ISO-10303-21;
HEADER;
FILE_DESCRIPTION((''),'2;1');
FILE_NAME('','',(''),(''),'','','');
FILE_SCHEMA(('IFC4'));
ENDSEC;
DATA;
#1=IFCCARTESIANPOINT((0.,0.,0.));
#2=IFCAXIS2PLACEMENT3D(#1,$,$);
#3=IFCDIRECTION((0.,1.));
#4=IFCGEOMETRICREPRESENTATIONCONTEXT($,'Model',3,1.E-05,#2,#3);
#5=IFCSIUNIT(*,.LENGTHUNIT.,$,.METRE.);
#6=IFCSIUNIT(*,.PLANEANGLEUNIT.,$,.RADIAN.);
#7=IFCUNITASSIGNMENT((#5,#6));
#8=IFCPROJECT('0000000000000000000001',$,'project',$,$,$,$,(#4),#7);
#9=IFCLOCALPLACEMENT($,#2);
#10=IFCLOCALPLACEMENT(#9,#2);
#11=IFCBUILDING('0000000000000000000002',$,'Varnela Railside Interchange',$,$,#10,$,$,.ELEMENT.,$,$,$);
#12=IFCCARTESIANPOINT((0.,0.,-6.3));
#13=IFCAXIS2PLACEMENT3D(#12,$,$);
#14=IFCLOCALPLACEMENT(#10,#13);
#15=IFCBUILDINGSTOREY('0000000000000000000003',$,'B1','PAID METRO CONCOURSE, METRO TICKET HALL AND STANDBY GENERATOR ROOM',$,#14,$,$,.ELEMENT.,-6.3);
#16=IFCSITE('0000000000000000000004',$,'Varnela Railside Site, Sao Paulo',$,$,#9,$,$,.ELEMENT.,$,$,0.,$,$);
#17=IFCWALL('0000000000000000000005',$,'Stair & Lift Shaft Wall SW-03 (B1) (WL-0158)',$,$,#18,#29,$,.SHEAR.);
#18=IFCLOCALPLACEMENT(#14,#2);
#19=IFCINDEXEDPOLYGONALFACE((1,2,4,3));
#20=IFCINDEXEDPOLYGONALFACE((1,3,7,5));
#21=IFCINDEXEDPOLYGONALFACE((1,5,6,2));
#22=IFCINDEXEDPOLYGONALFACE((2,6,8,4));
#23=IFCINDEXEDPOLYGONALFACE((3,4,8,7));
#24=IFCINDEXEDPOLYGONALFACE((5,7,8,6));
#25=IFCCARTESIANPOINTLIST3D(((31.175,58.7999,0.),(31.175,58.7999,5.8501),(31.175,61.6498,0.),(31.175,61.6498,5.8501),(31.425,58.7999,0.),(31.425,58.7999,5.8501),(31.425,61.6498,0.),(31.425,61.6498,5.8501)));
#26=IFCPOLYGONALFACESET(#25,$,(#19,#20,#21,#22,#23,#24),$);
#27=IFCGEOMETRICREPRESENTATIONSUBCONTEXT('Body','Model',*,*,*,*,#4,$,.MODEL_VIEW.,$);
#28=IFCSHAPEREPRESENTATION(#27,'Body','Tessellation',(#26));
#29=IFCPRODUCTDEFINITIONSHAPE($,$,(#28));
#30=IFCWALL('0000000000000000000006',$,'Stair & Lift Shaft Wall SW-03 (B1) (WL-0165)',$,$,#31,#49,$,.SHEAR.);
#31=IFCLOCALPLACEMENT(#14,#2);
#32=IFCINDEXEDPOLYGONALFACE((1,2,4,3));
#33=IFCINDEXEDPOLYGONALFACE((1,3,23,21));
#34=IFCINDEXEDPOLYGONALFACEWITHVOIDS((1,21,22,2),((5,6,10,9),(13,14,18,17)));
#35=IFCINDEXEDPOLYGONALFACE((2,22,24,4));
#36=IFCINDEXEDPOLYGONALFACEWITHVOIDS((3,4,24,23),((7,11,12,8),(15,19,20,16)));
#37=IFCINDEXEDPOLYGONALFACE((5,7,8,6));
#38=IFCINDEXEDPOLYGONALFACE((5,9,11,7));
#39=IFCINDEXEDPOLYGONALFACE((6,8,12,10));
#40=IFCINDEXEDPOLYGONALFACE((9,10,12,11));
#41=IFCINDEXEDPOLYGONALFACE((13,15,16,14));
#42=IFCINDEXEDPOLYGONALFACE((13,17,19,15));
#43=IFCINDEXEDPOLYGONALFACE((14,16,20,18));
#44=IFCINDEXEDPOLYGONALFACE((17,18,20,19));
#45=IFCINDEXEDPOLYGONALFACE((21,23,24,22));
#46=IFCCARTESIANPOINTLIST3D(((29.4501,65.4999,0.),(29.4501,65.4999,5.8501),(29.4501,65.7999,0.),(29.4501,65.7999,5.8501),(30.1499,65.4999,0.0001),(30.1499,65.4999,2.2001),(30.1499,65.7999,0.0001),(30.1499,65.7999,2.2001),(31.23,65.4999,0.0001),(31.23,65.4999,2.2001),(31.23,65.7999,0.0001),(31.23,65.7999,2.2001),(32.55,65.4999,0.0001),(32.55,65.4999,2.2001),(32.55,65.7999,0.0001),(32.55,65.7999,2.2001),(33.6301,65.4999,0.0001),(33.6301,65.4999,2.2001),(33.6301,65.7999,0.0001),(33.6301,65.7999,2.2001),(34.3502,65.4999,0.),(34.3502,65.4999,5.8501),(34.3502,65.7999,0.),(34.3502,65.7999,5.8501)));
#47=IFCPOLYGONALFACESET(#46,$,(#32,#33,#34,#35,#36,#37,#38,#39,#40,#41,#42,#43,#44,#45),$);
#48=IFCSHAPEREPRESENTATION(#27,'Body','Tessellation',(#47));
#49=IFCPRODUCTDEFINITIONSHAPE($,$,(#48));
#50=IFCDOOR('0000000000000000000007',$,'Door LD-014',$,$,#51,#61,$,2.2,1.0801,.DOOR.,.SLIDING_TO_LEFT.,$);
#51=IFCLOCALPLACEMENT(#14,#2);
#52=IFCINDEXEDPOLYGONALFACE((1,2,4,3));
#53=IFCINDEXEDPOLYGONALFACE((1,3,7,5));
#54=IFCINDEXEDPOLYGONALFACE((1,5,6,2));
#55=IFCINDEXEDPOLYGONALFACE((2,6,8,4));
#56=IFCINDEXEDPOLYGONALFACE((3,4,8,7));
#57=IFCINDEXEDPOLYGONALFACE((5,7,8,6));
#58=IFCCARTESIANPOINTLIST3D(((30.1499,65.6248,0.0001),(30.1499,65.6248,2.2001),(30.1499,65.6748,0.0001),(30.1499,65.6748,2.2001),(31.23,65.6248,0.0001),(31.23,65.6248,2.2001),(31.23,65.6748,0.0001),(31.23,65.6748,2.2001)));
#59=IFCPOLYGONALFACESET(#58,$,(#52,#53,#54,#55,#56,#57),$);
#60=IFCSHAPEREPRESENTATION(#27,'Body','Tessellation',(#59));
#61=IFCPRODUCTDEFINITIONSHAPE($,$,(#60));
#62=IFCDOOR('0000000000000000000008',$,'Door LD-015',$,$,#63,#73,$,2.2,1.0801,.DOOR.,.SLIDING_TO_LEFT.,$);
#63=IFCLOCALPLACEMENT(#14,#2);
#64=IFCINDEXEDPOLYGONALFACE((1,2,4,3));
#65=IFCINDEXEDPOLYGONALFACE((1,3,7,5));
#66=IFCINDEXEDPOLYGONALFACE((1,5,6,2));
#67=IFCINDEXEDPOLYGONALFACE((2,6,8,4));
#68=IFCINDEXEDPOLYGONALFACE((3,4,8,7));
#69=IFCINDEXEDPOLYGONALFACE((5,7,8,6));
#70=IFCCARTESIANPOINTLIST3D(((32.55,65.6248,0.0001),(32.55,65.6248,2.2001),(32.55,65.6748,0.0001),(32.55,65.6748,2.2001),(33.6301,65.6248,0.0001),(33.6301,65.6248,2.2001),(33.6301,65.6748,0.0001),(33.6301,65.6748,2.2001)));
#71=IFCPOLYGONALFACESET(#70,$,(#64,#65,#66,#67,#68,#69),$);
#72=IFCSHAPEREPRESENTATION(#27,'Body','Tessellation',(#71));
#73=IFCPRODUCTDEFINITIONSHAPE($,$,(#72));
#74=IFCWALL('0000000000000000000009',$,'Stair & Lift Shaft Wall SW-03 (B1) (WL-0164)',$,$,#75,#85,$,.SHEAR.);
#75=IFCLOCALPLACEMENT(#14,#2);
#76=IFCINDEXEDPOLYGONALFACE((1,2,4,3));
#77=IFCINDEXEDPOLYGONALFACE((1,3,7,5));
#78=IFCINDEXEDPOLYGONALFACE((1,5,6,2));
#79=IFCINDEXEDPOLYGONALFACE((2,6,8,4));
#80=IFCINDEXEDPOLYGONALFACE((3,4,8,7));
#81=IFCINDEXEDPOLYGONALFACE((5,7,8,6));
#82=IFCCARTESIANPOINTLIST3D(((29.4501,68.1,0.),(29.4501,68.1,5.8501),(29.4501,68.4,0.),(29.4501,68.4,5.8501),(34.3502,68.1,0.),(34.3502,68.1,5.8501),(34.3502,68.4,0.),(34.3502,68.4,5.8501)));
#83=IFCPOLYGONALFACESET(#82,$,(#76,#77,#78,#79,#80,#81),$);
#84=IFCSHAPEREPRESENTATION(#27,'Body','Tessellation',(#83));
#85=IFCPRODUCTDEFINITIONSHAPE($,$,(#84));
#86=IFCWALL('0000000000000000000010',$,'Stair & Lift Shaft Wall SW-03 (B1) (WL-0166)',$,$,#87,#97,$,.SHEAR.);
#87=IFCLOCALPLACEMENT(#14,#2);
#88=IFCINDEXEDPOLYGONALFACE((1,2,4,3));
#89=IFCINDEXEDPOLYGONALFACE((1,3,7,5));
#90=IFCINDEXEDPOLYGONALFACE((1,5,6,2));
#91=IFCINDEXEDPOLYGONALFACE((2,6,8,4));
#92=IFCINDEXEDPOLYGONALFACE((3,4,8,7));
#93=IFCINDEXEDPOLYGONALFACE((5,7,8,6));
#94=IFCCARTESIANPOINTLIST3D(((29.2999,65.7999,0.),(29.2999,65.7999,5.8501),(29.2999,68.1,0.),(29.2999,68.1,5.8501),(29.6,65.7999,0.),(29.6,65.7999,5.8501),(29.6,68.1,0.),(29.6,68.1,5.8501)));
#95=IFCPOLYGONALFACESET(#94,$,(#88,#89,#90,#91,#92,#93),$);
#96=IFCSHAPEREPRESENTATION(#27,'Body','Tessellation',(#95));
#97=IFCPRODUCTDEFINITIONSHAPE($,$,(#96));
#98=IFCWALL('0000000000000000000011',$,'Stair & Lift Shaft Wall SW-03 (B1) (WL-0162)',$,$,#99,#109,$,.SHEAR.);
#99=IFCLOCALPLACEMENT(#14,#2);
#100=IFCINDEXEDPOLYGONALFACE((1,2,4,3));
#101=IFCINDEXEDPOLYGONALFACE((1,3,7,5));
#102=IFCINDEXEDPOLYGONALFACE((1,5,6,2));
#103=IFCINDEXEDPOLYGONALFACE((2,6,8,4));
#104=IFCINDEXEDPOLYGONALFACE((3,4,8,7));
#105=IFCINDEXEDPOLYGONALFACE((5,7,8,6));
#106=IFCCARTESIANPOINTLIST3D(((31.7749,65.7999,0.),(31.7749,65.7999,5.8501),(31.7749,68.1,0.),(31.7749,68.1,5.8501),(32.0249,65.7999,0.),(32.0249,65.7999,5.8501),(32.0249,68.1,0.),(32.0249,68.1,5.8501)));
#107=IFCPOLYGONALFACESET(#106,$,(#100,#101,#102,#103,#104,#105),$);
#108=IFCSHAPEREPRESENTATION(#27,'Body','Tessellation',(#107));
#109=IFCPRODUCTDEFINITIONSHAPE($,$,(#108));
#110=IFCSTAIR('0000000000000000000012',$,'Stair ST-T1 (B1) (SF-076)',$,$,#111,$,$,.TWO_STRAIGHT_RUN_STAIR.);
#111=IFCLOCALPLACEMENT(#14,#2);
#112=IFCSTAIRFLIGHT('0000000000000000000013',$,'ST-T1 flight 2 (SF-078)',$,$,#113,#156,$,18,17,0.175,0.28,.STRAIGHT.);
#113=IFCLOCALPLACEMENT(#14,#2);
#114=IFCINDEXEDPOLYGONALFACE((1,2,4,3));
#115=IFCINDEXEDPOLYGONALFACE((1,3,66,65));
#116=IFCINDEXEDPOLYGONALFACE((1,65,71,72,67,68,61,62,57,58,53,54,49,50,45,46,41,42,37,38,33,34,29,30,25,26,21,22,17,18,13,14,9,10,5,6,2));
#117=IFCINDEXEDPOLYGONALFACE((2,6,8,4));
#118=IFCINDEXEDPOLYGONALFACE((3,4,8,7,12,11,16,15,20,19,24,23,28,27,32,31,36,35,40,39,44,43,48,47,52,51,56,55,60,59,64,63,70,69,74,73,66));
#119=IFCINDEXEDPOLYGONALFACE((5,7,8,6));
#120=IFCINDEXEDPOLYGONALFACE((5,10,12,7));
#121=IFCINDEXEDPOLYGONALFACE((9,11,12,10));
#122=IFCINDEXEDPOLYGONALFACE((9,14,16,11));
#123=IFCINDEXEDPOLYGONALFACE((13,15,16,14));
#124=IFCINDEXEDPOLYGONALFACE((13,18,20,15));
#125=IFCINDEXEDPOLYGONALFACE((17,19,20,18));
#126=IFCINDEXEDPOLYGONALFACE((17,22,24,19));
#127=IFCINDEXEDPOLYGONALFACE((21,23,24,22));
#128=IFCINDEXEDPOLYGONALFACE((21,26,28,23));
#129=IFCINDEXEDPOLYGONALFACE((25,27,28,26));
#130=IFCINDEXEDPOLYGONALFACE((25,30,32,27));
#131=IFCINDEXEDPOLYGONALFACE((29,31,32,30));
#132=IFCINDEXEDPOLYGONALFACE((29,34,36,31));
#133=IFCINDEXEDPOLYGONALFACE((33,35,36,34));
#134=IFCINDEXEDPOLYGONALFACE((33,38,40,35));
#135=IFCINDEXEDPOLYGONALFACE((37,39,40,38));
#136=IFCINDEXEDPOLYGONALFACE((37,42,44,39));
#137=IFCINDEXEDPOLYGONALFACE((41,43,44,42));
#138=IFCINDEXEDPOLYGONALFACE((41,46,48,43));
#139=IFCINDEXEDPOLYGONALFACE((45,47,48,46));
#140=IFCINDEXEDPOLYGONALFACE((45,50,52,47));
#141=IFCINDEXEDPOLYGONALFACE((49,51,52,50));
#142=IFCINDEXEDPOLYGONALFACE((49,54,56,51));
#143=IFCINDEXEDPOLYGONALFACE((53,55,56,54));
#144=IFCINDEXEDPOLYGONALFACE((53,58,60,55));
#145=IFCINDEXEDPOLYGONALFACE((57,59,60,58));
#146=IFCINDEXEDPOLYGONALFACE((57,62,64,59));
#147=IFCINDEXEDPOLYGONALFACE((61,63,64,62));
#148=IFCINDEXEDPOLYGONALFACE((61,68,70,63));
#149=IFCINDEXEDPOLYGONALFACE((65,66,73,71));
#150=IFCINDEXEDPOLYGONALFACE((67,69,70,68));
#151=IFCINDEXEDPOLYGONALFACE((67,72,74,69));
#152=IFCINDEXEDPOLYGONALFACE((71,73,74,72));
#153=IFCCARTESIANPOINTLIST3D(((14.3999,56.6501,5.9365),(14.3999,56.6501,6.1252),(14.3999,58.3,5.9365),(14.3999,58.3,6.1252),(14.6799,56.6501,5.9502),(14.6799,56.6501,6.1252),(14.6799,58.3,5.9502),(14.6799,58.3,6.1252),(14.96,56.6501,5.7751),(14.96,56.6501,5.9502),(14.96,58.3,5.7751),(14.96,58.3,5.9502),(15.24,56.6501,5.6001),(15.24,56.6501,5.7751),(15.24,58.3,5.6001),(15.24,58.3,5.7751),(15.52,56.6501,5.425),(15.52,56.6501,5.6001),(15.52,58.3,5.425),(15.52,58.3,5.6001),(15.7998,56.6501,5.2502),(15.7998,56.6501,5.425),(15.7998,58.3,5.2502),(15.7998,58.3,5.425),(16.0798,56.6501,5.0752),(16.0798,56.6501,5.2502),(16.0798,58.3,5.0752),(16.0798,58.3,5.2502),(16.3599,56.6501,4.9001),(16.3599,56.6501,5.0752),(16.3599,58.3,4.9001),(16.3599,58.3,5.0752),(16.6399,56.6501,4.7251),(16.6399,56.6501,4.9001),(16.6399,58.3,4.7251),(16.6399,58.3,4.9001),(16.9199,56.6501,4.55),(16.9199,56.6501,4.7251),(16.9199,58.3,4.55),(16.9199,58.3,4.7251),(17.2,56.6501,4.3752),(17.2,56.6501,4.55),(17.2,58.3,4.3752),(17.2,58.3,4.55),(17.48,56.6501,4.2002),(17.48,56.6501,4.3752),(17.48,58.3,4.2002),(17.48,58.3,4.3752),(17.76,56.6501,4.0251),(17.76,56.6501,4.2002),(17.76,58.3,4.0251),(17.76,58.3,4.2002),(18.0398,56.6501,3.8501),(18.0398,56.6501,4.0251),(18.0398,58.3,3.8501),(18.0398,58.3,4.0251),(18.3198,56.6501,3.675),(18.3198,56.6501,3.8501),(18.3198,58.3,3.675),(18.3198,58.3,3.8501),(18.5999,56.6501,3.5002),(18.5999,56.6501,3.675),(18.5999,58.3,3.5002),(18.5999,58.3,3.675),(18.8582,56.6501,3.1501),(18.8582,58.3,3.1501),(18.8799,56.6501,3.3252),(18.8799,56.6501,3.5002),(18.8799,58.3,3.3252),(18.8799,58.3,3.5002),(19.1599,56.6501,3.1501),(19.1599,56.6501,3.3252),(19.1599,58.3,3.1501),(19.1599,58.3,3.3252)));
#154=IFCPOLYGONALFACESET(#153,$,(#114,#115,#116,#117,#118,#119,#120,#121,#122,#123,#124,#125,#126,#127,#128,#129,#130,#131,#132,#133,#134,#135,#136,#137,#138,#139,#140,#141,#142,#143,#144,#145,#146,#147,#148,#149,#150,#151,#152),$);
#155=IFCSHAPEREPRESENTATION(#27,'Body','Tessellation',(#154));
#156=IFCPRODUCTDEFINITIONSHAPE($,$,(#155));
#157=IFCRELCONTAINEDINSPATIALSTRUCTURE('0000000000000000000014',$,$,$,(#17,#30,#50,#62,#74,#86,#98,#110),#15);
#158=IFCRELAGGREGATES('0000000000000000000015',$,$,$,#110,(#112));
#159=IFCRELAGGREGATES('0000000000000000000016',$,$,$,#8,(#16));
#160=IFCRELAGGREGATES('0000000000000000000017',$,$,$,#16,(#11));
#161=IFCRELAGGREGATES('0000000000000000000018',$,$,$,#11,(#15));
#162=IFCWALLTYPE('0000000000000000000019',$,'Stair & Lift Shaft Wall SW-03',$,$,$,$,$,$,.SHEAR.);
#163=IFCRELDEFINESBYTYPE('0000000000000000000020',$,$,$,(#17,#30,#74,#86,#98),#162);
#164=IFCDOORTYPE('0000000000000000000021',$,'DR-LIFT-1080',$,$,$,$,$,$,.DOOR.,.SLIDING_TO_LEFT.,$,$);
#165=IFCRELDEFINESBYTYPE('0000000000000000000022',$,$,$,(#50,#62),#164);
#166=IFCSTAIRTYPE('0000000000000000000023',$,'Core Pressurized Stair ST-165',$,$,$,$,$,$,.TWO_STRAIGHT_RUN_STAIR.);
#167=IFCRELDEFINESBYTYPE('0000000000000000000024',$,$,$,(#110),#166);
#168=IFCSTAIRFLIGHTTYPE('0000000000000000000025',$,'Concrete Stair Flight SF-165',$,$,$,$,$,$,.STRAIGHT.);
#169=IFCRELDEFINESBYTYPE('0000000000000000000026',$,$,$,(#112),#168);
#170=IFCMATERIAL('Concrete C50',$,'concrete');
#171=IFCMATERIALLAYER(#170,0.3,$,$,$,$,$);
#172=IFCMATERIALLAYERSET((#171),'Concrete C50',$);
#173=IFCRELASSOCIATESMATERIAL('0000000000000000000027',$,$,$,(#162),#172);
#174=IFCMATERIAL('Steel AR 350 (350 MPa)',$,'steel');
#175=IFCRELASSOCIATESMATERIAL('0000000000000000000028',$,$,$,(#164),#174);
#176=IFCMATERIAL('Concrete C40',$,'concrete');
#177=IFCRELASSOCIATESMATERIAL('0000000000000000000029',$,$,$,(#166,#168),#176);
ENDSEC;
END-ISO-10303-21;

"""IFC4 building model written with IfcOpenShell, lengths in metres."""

from ifc_helpers import new_model, si_unit, direction, frame, frame_2d, origin, place, context, subcontext, project, spatial, polyline, rectangle, outline, extrude, material, layer, layer_set, type_object, element, fill, aggregate, save


model = new_model("IFC4")

# Units and contexts
model_context = context("Model", 3, precision=1e-05, world=origin(), true_north=direction((0.0, 1.0)))
body_context = subcontext(model_context, "Body", "Model", "MODEL_VIEW")
ifc_project = project(units=[si_unit("LENGTHUNIT", "METRE"), si_unit("PLANEANGLEUNIT", "RADIAN")], contexts=[model_context])

# Site, building, storey
site_placement = place(None, origin())
site = spatial("IfcSite", under=ifc_project, at=site_placement, Name="Varnela Railside Site, Sao Paulo", CompositionType="ELEMENT", RefElevation=0.0)
building_placement = place(site_placement, origin())
building = spatial("IfcBuilding", under=site, at=building_placement, Name="Varnela Railside Interchange", CompositionType="ELEMENT")
storey_placement = place(building_placement, frame((0.0, 0.0, -6.3)))
storey = spatial("IfcBuildingStorey", under=building, at=storey_placement, Name="B1", Description="PAID METRO CONCOURSE, METRO TICKET HALL AND STANDBY GENERATOR ROOM", CompositionType="ELEMENT", Elevation=-6.3)

# Shared definitions
ifc_material_1 = material(Name="Steel AR 350 (350 MPa)", Category="steel")

# Shared definitions
ifc_material_2 = material(Name="Concrete C50", Category="concrete")
ifc_layer = layer(ifc_material_2, 0.3)
ifc_layer_set = layer_set([ifc_layer], Name="Concrete C50")
wall_type = type_object("IfcWallType", Name="Stair & Lift Shaft Wall SW-03", PredefinedType="SHEAR", material=ifc_layer_set)

# Shared definitions
door_type_1 = type_object("IfcDoorType", Name="DR-LIFT-1080", OperationType="SLIDING_TO_LEFT", PredefinedType="DOOR", material=ifc_material_1)

# Wall
wall_1_placement = place(storey_placement, frame((31.3, 58.8, 0.0), z_axis=(0.0, 0.0, 1.0), x_axis=(0.0, 1.0, 0.0)))
element("IfcWall", 1, at=wall_1_placement, inside=storey, type_object=wall_type, Name="Stair & Lift Shaft Wall SW-03 (B1) (WL-0158)", PredefinedType="SHEAR", context=body_context, shape_type="SweptSolid", body=[
    extrude(rectangle(XDim=2.8499, YDim=0.25, at=frame_2d((1.4248, 0.0))), origin(), (0.0, 0.0, 1.0), 5.8501),
])

# Wall, openings, doors
wall_2_placement = place(storey_placement, frame((29.45, 65.6499, 0.0), z_axis=(0.0, 0.0, 1.0), x_axis=(1.0, 0.0, 0.0)))
wall_2 = element("IfcWall", 2, at=wall_2_placement, inside=storey, type_object=wall_type, Name="Stair & Lift Shaft Wall SW-03 (B1) (WL-0165)", PredefinedType="SHEAR", context=body_context, shape_type="SweptSolid", body=[
    extrude(rectangle(XDim=4.9001, YDim=0.3, at=frame_2d((2.4502, 0.0))), origin(), (0.0, 0.0, 1.0), 5.8501),
])
opening_1_placement = place(wall_2_placement, frame((0.7, 0.0, 0.0)))
opening_1 = element("IfcOpeningElement", 3, at=opening_1_placement, cuts=wall_2, PredefinedType="OPENING", context=body_context, shape_type="SweptSolid", body=[
    extrude(rectangle(XDim=1.0801, YDim=2.2, at=frame_2d((0.54, 1.1001))), frame((0.0, 0.1599, 0.0), z_axis=(0.0, -1.0, 0.0), x_axis=(1.0, 0.0, 0.0)), (0.0, 0.0, 1.0), 0.3201),
])
opening_2_placement = place(wall_2_placement, frame((3.1001, 0.0, 0.0)))
opening_2 = element("IfcOpeningElement", 4, at=opening_2_placement, cuts=wall_2, PredefinedType="OPENING", context=body_context, shape_type="SweptSolid", body=[
    extrude(rectangle(XDim=1.0801, YDim=2.2, at=frame_2d((0.54, 1.1001))), frame((0.0, 0.1599, 0.0), z_axis=(0.0, -1.0, 0.0), x_axis=(1.0, 0.0, 0.0)), (0.0, 0.0, 1.0), 0.3201),
])
door_1_placement = place(opening_1_placement, origin())
door_1 = element("IfcDoor", 5, at=door_1_placement, inside=storey, type_object=door_type_1, Name="Door LD-014", OperationType="SLIDING_TO_LEFT", OverallHeight=2.2, OverallWidth=1.0801, PredefinedType="DOOR", context=body_context, shape_type="SweptSolid", body=[
    extrude(rectangle(XDim=1.0801, YDim=2.2, at=frame_2d((0.54, 1.1001))), frame((0.0, 0.0249, 0.0), z_axis=(0.0, -1.0, 0.0), x_axis=(1.0, 0.0, 0.0)), (0.0, 0.0, 1.0), 0.05),
])
fill(opening_1, door_1)
door_2_placement = place(opening_2_placement, origin())
door_2 = element("IfcDoor", 6, at=door_2_placement, inside=storey, type_object=door_type_1, Name="Door LD-015", OperationType="SLIDING_TO_LEFT", OverallHeight=2.2, OverallWidth=1.0801, PredefinedType="DOOR", context=body_context, shape_type="SweptSolid", body=[
    extrude(rectangle(XDim=1.0801, YDim=2.2, at=frame_2d((0.54, 1.1001))), frame((0.0, 0.0249, 0.0), z_axis=(0.0, -1.0, 0.0), x_axis=(1.0, 0.0, 0.0)), (0.0, 0.0, 1.0), 0.05),
])
fill(opening_2, door_2)

# Walls
wall_3_placement = place(storey_placement, frame((29.45, 68.25, 0.0), z_axis=(0.0, 0.0, 1.0), x_axis=(1.0, 0.0, 0.0)))
element("IfcWall", 7, at=wall_3_placement, inside=storey, type_object=wall_type, Name="Stair & Lift Shaft Wall SW-03 (B1) (WL-0164)", PredefinedType="SHEAR", context=body_context, shape_type="SweptSolid", body=[
    extrude(rectangle(XDim=4.9001, YDim=0.3, at=frame_2d((2.4502, 0.0))), origin(), (0.0, 0.0, 1.0), 5.8501),
])
wall_4_placement = place(storey_placement, frame((29.45, 65.8, 0.0), z_axis=(0.0, 0.0, 1.0), x_axis=(0.0, 1.0, 0.0)))
element("IfcWall", 8, at=wall_4_placement, inside=storey, type_object=wall_type, Name="Stair & Lift Shaft Wall SW-03 (B1) (WL-0166)", PredefinedType="SHEAR", context=body_context, shape_type="SweptSolid", body=[
    extrude(rectangle(XDim=2.3, YDim=0.3, at=frame_2d((1.1499, 0.0))), origin(), (0.0, 0.0, 1.0), 5.8501),
])
wall_5_placement = place(storey_placement, frame((31.8999, 65.8, 0.0), z_axis=(0.0, 0.0, 1.0), x_axis=(0.0, 1.0, 0.0)))
element("IfcWall", 9, at=wall_5_placement, inside=storey, type_object=wall_type, Name="Stair & Lift Shaft Wall SW-03 (B1) (WL-0162)", PredefinedType="SHEAR", context=body_context, shape_type="SweptSolid", body=[
    extrude(rectangle(XDim=2.3, YDim=0.25, at=frame_2d((1.1499, 0.0))), origin(), (0.0, 0.0, 1.0), 5.8501),
])

# Stair, stair flight
ifc_material_3 = material(Name="Concrete C40", Category="concrete")
stair_type = type_object("IfcStairType", Name="Core Pressurized Stair ST-165", PredefinedType="TWO_STRAIGHT_RUN_STAIR", material=ifc_material_3)
stair_1_placement = place(storey_placement, origin())
stair_1 = element("IfcStair", 10, at=stair_1_placement, inside=storey, type_object=stair_type, Name="Stair ST-T1 (B1) (SF-076)", PredefinedType="TWO_STRAIGHT_RUN_STAIR")
stair_flight_type = type_object("IfcStairFlightType", Name="Concrete Stair Flight SF-165", PredefinedType="STRAIGHT", material=ifc_material_3)
stair_flight_1_placement = place(storey_placement, frame((19.1599, 57.4751, 3.1501), z_axis=(0.0, 0.0, 1.0), x_axis=(-1.0, 0.0, 0.0)))
stair_flight_1 = element("IfcStairFlight", 11, at=stair_flight_1_placement, type_object=stair_flight_type, Name="ST-T1 flight 2 (SF-078)", NumberOfRisers=18, NumberOfTreads=17, PredefinedType="STRAIGHT", RiserHeight=0.175, TreadLength=0.28, context=body_context, shape_type="SweptSolid", body=[
    extrude(outline(polyline([(0.0, 0.0), (0.0, 0.175), (0.28, 0.175), (0.28, 0.3501), (0.5601, 0.3501), (0.5601, 0.5249), (0.8401, 0.5249), (0.8401, 0.7), (1.1201, 0.7), (1.1201, 0.875), (1.3999, 0.875), (1.3999, 1.05), (1.6799, 1.05), (1.6799, 1.2251), (1.96, 1.2251), (1.96, 1.3999), (2.24, 1.3999), (2.24, 1.575), (2.52, 1.575), (2.52, 1.75), (2.8, 1.75), (2.8, 1.925), (3.0801, 1.925), (3.0801, 2.1001), (3.3601, 2.1001), (3.3601, 2.2749), (3.6399, 2.2749), (3.6399, 2.45), (3.9199, 2.45), (3.9199, 2.625), (4.2, 2.625), (4.2, 2.8), (4.48, 2.8), (4.48, 2.9751), (4.76, 2.9751), (4.76, 3.1499), (4.76, 2.7864), (0.3018, 0.0), (0.0, 0.0)])), frame((0.0, 0.825, 0.0), z_axis=(0.0, -1.0, 0.0), x_axis=(1.0, 0.0, 0.0)), (0.0, 0.0, 1.0), 1.6499),
])
aggregate(stair_1, [stair_flight_1])

save(model, "model.ifc")
